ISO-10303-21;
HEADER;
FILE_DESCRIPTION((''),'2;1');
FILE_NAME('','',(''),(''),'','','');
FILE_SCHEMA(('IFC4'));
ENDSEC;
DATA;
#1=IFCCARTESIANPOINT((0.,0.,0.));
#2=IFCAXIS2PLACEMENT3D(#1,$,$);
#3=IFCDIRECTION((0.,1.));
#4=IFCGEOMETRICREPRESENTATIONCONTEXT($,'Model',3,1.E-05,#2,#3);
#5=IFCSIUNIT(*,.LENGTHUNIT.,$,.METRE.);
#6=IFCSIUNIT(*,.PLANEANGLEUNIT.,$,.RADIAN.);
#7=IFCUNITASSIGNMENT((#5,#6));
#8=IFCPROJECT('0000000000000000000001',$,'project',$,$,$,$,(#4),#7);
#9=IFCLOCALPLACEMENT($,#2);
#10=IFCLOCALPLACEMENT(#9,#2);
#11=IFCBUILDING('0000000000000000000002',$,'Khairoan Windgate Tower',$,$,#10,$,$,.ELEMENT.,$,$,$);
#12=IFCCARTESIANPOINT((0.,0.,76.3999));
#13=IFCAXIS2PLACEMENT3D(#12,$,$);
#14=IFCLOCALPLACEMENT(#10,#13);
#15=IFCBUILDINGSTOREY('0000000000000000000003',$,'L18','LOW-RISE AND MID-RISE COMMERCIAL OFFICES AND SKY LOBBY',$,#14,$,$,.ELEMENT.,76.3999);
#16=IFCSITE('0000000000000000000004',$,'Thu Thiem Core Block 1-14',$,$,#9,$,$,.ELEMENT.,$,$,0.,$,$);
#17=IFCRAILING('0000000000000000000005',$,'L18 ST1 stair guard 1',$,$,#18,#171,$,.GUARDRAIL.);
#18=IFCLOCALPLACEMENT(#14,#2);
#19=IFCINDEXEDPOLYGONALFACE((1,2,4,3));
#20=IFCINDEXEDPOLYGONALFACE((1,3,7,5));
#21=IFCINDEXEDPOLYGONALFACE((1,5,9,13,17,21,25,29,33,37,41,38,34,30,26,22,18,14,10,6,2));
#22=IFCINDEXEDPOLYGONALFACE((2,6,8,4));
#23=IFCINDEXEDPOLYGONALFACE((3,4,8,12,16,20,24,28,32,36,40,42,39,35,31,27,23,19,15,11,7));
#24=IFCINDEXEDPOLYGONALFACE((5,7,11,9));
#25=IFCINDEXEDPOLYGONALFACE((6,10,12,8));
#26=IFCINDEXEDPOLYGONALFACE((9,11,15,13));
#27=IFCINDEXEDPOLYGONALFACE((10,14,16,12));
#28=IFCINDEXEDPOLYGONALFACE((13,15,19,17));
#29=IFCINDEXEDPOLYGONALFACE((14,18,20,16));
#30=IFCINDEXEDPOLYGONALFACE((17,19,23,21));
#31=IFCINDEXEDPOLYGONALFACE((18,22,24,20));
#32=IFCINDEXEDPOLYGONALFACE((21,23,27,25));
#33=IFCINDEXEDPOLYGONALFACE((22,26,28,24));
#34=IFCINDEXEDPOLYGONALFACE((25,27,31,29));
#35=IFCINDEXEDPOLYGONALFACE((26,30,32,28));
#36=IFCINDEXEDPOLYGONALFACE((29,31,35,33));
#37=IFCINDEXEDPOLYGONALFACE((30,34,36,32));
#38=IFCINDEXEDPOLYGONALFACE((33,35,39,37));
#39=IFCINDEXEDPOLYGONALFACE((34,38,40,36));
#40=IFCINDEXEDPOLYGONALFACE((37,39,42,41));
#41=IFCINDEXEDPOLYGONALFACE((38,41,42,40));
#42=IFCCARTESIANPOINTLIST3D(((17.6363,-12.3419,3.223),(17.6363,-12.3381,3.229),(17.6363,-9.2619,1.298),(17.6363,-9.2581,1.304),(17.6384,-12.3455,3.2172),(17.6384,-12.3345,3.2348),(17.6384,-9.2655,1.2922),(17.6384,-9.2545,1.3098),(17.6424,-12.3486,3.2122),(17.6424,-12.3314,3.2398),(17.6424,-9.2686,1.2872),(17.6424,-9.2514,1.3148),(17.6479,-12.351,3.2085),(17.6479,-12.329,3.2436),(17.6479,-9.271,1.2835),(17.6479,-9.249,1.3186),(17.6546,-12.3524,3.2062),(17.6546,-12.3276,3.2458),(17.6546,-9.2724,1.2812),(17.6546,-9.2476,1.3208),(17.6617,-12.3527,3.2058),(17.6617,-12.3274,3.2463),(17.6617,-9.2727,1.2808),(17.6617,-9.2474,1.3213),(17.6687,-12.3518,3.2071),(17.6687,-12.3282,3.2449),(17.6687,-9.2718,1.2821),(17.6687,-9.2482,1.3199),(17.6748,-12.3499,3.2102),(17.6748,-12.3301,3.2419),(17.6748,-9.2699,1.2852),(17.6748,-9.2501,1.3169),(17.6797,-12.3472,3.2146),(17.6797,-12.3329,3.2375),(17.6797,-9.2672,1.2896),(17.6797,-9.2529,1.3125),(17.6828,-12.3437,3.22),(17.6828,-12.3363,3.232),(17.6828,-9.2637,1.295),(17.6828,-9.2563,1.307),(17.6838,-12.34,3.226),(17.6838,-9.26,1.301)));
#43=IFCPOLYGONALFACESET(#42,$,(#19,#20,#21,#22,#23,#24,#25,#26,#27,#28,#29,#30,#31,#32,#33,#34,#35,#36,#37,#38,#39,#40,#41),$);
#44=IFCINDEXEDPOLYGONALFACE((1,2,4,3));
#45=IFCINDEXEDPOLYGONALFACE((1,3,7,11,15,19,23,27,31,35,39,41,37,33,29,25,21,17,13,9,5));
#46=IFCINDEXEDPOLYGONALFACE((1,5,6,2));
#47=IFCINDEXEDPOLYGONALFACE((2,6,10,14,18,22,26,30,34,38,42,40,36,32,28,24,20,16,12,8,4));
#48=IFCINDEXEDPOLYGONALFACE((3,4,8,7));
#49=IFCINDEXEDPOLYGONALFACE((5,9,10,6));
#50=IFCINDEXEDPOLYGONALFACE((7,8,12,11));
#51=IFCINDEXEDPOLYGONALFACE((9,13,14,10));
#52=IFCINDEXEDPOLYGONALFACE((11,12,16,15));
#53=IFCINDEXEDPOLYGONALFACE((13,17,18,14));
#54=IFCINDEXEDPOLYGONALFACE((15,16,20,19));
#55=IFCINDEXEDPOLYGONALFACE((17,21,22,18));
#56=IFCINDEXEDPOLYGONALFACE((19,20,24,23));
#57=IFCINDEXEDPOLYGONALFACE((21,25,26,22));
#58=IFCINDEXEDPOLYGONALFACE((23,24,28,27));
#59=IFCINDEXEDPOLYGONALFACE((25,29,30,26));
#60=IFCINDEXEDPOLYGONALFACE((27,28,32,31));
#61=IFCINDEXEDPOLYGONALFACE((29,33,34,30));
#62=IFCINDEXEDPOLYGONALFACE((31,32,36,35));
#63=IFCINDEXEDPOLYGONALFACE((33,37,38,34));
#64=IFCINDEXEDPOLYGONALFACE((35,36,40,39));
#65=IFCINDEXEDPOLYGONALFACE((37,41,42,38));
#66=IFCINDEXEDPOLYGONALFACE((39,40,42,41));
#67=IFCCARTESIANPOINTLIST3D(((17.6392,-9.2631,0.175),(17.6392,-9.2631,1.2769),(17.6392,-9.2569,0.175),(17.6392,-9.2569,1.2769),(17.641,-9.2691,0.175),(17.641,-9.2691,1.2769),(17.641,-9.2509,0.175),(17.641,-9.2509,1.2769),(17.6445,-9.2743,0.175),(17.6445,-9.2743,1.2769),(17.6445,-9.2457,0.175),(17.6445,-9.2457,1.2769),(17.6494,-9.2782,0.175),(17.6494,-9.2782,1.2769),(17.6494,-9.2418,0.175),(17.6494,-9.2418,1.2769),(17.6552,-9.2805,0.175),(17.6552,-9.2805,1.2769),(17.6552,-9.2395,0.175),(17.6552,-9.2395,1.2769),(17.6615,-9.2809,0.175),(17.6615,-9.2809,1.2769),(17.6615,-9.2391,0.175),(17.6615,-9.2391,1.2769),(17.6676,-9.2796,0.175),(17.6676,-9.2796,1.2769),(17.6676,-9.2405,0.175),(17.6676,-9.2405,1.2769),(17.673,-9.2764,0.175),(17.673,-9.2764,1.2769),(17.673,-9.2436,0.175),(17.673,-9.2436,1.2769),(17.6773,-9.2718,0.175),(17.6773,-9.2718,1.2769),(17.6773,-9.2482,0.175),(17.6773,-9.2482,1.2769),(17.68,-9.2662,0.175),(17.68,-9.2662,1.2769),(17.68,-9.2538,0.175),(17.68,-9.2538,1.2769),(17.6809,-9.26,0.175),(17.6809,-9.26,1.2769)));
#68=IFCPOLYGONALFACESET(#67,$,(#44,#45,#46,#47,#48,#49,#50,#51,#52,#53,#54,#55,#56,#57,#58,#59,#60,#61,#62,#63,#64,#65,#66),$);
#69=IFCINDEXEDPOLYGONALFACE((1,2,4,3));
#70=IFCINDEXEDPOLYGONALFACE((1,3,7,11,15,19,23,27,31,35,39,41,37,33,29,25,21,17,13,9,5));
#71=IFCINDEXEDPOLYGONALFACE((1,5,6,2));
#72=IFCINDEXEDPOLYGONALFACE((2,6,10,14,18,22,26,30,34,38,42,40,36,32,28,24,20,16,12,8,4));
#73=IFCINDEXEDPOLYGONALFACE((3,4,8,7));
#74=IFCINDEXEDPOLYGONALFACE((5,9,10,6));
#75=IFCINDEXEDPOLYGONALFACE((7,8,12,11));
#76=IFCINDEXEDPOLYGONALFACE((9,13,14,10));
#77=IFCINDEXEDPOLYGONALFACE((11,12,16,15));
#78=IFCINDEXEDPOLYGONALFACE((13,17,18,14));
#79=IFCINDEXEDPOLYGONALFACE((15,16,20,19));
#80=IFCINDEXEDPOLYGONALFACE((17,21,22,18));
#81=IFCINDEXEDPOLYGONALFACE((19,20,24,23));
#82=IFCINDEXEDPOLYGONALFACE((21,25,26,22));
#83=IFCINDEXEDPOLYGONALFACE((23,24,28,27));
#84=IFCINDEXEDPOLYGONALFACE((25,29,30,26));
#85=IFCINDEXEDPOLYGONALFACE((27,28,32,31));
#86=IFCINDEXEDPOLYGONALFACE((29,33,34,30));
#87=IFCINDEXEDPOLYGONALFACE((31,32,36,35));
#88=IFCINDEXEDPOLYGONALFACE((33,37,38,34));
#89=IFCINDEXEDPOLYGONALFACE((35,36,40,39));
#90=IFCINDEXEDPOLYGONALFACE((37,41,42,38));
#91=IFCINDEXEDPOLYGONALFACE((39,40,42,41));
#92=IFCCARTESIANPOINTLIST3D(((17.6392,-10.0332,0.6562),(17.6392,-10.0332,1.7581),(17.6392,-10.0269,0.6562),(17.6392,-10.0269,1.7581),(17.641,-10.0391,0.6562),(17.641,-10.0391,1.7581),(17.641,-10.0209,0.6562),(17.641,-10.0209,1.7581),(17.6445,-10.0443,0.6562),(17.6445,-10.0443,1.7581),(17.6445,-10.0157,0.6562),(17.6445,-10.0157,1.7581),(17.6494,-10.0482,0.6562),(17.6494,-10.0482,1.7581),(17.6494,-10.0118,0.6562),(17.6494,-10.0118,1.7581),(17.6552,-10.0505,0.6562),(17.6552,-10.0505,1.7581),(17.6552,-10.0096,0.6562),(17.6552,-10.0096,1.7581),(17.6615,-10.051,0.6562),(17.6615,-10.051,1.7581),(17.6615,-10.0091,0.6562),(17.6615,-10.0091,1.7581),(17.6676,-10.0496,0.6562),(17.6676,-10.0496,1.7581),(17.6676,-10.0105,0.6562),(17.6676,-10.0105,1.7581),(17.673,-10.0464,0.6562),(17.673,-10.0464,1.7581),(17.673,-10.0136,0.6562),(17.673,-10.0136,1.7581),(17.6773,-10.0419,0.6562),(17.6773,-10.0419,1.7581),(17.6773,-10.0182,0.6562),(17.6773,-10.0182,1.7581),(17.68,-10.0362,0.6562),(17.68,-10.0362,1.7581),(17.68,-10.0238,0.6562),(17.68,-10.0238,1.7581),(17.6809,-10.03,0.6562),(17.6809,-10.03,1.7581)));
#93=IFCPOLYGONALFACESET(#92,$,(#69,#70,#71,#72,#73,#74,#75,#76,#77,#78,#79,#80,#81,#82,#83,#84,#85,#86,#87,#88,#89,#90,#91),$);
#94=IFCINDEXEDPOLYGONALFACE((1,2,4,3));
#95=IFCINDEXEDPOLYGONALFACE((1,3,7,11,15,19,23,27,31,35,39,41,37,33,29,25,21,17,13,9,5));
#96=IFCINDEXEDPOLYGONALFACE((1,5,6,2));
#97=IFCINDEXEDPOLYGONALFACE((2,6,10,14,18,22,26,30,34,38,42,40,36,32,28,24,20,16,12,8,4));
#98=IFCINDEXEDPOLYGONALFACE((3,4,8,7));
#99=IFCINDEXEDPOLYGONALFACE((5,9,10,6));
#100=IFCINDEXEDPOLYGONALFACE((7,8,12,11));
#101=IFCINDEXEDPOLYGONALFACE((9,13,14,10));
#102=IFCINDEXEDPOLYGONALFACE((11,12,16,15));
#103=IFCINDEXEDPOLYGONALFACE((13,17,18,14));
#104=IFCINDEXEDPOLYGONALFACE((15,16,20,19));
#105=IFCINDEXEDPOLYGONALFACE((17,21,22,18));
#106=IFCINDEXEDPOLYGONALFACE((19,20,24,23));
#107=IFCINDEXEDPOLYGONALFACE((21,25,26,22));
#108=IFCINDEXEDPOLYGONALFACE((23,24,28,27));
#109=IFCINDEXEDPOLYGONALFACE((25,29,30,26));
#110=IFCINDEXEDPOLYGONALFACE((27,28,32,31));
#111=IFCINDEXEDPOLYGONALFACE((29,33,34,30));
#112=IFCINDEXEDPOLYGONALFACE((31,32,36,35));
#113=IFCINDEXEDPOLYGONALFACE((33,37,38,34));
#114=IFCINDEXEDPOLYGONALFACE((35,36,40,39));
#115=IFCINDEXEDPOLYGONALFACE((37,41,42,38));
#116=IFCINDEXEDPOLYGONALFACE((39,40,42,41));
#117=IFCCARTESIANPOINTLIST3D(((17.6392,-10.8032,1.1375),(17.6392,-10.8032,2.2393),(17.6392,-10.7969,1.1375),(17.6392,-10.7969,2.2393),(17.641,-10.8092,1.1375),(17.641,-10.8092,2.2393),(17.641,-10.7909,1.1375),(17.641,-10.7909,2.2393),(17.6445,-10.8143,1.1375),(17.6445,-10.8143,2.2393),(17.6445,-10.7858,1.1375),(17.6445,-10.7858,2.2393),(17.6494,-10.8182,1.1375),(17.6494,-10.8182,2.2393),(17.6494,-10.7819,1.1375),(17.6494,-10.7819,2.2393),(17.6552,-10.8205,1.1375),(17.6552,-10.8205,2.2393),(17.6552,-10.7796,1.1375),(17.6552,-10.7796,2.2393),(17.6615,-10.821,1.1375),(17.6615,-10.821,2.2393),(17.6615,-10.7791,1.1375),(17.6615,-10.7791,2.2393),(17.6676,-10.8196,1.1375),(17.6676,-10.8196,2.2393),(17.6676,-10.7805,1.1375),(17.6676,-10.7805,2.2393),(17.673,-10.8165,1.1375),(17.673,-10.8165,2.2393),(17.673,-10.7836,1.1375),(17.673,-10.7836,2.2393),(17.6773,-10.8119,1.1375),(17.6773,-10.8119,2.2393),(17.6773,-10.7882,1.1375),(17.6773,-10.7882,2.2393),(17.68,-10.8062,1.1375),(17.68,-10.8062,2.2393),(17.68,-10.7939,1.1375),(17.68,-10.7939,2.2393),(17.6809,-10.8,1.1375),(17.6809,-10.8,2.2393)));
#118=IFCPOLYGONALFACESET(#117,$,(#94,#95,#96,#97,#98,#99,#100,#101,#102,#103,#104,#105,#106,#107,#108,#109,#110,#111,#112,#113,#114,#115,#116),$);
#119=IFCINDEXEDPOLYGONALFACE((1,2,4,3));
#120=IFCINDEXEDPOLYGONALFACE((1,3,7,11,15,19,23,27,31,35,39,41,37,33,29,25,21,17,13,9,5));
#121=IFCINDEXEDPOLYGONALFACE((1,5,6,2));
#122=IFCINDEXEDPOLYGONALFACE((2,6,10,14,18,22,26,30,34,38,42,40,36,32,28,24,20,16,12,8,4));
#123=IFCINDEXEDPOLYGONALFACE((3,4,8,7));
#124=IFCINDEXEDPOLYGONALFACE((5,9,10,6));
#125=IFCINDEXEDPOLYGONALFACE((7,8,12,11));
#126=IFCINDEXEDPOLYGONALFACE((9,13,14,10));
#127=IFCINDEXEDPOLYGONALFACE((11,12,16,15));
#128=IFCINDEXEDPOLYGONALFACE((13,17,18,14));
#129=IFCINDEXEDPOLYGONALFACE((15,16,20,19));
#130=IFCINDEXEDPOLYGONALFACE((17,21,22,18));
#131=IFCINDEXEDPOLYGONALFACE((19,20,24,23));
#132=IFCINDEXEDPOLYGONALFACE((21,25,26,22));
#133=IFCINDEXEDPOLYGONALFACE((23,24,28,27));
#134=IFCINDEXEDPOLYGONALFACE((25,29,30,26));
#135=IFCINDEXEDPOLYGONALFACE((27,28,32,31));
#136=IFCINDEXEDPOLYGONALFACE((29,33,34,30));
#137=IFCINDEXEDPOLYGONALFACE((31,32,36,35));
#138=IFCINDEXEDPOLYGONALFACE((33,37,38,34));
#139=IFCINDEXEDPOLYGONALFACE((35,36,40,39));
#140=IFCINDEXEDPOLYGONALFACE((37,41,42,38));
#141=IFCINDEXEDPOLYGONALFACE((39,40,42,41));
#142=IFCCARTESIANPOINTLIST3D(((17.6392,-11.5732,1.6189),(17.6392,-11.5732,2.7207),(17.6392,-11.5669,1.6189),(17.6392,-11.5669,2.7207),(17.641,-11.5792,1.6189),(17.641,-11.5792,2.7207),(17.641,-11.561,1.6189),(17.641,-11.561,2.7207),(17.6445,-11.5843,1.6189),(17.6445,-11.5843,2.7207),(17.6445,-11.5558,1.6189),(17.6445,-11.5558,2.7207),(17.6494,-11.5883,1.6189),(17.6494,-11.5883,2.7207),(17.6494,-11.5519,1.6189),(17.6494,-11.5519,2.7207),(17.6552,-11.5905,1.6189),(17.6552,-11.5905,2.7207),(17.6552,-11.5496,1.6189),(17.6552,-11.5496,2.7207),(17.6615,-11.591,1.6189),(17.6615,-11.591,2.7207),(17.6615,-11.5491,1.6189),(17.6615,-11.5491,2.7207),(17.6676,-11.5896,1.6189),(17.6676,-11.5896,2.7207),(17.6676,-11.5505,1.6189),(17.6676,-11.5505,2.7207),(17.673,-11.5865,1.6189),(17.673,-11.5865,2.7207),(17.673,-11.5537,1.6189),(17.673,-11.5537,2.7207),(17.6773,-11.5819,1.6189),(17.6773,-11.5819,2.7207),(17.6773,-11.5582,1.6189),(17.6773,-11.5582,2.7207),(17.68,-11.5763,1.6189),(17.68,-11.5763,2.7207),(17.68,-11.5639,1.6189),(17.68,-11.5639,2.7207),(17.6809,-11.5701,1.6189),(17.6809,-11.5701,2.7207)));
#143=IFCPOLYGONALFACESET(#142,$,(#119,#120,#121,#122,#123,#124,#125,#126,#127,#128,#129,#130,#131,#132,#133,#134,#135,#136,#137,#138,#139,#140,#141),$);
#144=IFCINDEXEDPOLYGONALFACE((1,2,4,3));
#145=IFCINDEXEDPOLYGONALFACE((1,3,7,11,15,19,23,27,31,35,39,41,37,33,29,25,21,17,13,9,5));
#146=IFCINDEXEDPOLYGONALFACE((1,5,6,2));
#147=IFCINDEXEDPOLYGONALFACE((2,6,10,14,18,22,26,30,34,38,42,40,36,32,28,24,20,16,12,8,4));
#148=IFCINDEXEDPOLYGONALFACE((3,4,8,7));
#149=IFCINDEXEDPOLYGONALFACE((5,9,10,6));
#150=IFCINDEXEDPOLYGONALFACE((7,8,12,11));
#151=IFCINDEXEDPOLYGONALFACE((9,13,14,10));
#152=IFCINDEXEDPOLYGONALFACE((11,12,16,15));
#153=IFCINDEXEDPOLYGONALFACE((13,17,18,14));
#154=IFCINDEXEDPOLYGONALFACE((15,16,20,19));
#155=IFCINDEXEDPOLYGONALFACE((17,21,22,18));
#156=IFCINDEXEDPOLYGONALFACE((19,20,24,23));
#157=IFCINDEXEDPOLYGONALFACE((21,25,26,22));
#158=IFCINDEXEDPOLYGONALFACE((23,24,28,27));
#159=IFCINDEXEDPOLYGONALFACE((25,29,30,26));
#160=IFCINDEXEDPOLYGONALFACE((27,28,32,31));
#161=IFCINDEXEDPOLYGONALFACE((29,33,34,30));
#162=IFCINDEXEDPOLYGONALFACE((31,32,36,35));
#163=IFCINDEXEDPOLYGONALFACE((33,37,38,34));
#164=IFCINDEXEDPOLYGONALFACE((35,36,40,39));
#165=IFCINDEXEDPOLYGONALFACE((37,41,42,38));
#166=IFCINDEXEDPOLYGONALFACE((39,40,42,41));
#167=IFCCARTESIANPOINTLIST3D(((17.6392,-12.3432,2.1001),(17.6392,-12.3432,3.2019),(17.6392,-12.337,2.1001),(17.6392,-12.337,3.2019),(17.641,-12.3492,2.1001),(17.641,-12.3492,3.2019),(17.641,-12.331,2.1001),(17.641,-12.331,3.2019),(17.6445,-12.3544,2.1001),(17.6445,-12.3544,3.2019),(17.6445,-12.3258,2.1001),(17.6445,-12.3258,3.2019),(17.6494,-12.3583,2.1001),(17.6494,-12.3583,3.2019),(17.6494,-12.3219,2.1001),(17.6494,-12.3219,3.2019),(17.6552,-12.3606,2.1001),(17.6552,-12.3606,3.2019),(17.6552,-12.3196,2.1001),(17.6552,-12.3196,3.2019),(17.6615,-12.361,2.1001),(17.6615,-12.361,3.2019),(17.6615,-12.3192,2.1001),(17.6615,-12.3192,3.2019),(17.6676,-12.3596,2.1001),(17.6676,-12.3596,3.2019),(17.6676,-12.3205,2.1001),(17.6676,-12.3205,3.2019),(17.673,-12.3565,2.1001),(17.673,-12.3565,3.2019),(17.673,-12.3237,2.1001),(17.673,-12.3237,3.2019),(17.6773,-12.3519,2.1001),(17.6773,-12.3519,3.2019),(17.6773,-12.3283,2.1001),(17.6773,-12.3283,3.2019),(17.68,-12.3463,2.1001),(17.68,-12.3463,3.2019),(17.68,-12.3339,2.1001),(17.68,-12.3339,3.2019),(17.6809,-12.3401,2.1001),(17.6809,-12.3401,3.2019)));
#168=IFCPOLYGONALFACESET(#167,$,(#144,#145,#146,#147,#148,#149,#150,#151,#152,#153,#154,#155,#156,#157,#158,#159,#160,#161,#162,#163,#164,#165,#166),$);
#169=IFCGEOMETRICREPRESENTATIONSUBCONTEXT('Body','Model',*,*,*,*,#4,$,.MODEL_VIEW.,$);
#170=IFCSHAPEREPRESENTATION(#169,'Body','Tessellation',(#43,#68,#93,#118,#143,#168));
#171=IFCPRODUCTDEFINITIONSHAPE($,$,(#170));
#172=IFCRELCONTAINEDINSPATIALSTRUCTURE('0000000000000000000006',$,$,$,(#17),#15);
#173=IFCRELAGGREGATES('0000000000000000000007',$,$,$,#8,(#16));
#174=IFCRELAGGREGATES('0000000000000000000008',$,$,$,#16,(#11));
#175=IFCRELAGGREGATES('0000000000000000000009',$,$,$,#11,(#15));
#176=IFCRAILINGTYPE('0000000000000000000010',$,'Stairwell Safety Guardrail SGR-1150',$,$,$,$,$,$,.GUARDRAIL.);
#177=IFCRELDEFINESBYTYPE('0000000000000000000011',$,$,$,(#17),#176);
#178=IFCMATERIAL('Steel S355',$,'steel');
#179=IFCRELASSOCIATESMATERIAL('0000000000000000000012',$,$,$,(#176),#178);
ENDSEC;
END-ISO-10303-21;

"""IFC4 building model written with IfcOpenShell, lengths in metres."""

from ifc_helpers import new_model, si_unit, direction, frame, origin, origin_2d, place, context, subcontext, project, spatial, circle, extrude, material, type_object, element, save


model = new_model("IFC4")

# Units and contexts
model_context = context("Model", 3, precision=1e-05, world=origin(), true_north=direction((0.0, 1.0)))
body_context = subcontext(model_context, "Body", "Model", "MODEL_VIEW")
ifc_project = project(units=[si_unit("LENGTHUNIT", "METRE"), si_unit("PLANEANGLEUNIT", "RADIAN")], contexts=[model_context])

# Site, building, storey
site_placement = place(None, origin())
site = spatial("IfcSite", under=ifc_project, at=site_placement, Name="Thu Thiem Core Block 1-14", CompositionType="ELEMENT", RefElevation=0.0)
building_placement = place(site_placement, origin())
building = spatial("IfcBuilding", under=site, at=building_placement, Name="Khairoan Windgate Tower", CompositionType="ELEMENT")
storey_placement = place(building_placement, frame((0.0, 0.0, 76.3999)))
storey = spatial("IfcBuildingStorey", under=building, at=storey_placement, Name="L18", Description="LOW-RISE AND MID-RISE COMMERCIAL OFFICES AND SKY LOBBY", CompositionType="ELEMENT", Elevation=76.3999)

# Railing
ifc_material_1 = material(Name="Steel S355", Category="steel")
railing_type_1 = type_object("IfcRailingType", Name="Stairwell Safety Guardrail SGR-1150", PredefinedType="GUARDRAIL", material=ifc_material_1)
railing_1_placement = place(storey_placement, frame((17.6599, -9.26, 0.175)))
element("IfcRailing", 1, at=railing_1_placement, inside=storey, type_object=railing_type_1, Name="L18 ST1 stair guard 1", PredefinedType="GUARDRAIL", context=body_context, shape_type="SweptSolid", body=[
    extrude(circle(Radius=0.0239, at=origin_2d()), frame((0.0, 0.0, 1.126), z_axis=(0.0, -0.847998, 0.529999), x_axis=(1.0, 0.0, 0.0)), (0.0, 0.0, 1.0), 3.6321),
    extrude(circle(Radius=0.021, at=origin_2d()), origin(), (0.0, 0.0, 1.0), 1.1018),
    extrude(circle(Radius=0.021, at=origin_2d()), frame((0.0, -0.77, 0.4812)), (0.0, 0.0, 1.0), 1.1018),
    extrude(circle(Radius=0.021, at=origin_2d()), frame((0.0, -1.54, 0.9624)), (0.0, 0.0, 1.0), 1.1018),
    extrude(circle(Radius=0.021, at=origin_2d()), frame((0.0, -2.3101, 1.4438)), (0.0, 0.0, 1.0), 1.1018),
    extrude(circle(Radius=0.021, at=origin_2d()), frame((0.0, -3.0801, 1.925)), (0.0, 0.0, 1.0), 1.1018),
])

save(model, "model.ifc")
